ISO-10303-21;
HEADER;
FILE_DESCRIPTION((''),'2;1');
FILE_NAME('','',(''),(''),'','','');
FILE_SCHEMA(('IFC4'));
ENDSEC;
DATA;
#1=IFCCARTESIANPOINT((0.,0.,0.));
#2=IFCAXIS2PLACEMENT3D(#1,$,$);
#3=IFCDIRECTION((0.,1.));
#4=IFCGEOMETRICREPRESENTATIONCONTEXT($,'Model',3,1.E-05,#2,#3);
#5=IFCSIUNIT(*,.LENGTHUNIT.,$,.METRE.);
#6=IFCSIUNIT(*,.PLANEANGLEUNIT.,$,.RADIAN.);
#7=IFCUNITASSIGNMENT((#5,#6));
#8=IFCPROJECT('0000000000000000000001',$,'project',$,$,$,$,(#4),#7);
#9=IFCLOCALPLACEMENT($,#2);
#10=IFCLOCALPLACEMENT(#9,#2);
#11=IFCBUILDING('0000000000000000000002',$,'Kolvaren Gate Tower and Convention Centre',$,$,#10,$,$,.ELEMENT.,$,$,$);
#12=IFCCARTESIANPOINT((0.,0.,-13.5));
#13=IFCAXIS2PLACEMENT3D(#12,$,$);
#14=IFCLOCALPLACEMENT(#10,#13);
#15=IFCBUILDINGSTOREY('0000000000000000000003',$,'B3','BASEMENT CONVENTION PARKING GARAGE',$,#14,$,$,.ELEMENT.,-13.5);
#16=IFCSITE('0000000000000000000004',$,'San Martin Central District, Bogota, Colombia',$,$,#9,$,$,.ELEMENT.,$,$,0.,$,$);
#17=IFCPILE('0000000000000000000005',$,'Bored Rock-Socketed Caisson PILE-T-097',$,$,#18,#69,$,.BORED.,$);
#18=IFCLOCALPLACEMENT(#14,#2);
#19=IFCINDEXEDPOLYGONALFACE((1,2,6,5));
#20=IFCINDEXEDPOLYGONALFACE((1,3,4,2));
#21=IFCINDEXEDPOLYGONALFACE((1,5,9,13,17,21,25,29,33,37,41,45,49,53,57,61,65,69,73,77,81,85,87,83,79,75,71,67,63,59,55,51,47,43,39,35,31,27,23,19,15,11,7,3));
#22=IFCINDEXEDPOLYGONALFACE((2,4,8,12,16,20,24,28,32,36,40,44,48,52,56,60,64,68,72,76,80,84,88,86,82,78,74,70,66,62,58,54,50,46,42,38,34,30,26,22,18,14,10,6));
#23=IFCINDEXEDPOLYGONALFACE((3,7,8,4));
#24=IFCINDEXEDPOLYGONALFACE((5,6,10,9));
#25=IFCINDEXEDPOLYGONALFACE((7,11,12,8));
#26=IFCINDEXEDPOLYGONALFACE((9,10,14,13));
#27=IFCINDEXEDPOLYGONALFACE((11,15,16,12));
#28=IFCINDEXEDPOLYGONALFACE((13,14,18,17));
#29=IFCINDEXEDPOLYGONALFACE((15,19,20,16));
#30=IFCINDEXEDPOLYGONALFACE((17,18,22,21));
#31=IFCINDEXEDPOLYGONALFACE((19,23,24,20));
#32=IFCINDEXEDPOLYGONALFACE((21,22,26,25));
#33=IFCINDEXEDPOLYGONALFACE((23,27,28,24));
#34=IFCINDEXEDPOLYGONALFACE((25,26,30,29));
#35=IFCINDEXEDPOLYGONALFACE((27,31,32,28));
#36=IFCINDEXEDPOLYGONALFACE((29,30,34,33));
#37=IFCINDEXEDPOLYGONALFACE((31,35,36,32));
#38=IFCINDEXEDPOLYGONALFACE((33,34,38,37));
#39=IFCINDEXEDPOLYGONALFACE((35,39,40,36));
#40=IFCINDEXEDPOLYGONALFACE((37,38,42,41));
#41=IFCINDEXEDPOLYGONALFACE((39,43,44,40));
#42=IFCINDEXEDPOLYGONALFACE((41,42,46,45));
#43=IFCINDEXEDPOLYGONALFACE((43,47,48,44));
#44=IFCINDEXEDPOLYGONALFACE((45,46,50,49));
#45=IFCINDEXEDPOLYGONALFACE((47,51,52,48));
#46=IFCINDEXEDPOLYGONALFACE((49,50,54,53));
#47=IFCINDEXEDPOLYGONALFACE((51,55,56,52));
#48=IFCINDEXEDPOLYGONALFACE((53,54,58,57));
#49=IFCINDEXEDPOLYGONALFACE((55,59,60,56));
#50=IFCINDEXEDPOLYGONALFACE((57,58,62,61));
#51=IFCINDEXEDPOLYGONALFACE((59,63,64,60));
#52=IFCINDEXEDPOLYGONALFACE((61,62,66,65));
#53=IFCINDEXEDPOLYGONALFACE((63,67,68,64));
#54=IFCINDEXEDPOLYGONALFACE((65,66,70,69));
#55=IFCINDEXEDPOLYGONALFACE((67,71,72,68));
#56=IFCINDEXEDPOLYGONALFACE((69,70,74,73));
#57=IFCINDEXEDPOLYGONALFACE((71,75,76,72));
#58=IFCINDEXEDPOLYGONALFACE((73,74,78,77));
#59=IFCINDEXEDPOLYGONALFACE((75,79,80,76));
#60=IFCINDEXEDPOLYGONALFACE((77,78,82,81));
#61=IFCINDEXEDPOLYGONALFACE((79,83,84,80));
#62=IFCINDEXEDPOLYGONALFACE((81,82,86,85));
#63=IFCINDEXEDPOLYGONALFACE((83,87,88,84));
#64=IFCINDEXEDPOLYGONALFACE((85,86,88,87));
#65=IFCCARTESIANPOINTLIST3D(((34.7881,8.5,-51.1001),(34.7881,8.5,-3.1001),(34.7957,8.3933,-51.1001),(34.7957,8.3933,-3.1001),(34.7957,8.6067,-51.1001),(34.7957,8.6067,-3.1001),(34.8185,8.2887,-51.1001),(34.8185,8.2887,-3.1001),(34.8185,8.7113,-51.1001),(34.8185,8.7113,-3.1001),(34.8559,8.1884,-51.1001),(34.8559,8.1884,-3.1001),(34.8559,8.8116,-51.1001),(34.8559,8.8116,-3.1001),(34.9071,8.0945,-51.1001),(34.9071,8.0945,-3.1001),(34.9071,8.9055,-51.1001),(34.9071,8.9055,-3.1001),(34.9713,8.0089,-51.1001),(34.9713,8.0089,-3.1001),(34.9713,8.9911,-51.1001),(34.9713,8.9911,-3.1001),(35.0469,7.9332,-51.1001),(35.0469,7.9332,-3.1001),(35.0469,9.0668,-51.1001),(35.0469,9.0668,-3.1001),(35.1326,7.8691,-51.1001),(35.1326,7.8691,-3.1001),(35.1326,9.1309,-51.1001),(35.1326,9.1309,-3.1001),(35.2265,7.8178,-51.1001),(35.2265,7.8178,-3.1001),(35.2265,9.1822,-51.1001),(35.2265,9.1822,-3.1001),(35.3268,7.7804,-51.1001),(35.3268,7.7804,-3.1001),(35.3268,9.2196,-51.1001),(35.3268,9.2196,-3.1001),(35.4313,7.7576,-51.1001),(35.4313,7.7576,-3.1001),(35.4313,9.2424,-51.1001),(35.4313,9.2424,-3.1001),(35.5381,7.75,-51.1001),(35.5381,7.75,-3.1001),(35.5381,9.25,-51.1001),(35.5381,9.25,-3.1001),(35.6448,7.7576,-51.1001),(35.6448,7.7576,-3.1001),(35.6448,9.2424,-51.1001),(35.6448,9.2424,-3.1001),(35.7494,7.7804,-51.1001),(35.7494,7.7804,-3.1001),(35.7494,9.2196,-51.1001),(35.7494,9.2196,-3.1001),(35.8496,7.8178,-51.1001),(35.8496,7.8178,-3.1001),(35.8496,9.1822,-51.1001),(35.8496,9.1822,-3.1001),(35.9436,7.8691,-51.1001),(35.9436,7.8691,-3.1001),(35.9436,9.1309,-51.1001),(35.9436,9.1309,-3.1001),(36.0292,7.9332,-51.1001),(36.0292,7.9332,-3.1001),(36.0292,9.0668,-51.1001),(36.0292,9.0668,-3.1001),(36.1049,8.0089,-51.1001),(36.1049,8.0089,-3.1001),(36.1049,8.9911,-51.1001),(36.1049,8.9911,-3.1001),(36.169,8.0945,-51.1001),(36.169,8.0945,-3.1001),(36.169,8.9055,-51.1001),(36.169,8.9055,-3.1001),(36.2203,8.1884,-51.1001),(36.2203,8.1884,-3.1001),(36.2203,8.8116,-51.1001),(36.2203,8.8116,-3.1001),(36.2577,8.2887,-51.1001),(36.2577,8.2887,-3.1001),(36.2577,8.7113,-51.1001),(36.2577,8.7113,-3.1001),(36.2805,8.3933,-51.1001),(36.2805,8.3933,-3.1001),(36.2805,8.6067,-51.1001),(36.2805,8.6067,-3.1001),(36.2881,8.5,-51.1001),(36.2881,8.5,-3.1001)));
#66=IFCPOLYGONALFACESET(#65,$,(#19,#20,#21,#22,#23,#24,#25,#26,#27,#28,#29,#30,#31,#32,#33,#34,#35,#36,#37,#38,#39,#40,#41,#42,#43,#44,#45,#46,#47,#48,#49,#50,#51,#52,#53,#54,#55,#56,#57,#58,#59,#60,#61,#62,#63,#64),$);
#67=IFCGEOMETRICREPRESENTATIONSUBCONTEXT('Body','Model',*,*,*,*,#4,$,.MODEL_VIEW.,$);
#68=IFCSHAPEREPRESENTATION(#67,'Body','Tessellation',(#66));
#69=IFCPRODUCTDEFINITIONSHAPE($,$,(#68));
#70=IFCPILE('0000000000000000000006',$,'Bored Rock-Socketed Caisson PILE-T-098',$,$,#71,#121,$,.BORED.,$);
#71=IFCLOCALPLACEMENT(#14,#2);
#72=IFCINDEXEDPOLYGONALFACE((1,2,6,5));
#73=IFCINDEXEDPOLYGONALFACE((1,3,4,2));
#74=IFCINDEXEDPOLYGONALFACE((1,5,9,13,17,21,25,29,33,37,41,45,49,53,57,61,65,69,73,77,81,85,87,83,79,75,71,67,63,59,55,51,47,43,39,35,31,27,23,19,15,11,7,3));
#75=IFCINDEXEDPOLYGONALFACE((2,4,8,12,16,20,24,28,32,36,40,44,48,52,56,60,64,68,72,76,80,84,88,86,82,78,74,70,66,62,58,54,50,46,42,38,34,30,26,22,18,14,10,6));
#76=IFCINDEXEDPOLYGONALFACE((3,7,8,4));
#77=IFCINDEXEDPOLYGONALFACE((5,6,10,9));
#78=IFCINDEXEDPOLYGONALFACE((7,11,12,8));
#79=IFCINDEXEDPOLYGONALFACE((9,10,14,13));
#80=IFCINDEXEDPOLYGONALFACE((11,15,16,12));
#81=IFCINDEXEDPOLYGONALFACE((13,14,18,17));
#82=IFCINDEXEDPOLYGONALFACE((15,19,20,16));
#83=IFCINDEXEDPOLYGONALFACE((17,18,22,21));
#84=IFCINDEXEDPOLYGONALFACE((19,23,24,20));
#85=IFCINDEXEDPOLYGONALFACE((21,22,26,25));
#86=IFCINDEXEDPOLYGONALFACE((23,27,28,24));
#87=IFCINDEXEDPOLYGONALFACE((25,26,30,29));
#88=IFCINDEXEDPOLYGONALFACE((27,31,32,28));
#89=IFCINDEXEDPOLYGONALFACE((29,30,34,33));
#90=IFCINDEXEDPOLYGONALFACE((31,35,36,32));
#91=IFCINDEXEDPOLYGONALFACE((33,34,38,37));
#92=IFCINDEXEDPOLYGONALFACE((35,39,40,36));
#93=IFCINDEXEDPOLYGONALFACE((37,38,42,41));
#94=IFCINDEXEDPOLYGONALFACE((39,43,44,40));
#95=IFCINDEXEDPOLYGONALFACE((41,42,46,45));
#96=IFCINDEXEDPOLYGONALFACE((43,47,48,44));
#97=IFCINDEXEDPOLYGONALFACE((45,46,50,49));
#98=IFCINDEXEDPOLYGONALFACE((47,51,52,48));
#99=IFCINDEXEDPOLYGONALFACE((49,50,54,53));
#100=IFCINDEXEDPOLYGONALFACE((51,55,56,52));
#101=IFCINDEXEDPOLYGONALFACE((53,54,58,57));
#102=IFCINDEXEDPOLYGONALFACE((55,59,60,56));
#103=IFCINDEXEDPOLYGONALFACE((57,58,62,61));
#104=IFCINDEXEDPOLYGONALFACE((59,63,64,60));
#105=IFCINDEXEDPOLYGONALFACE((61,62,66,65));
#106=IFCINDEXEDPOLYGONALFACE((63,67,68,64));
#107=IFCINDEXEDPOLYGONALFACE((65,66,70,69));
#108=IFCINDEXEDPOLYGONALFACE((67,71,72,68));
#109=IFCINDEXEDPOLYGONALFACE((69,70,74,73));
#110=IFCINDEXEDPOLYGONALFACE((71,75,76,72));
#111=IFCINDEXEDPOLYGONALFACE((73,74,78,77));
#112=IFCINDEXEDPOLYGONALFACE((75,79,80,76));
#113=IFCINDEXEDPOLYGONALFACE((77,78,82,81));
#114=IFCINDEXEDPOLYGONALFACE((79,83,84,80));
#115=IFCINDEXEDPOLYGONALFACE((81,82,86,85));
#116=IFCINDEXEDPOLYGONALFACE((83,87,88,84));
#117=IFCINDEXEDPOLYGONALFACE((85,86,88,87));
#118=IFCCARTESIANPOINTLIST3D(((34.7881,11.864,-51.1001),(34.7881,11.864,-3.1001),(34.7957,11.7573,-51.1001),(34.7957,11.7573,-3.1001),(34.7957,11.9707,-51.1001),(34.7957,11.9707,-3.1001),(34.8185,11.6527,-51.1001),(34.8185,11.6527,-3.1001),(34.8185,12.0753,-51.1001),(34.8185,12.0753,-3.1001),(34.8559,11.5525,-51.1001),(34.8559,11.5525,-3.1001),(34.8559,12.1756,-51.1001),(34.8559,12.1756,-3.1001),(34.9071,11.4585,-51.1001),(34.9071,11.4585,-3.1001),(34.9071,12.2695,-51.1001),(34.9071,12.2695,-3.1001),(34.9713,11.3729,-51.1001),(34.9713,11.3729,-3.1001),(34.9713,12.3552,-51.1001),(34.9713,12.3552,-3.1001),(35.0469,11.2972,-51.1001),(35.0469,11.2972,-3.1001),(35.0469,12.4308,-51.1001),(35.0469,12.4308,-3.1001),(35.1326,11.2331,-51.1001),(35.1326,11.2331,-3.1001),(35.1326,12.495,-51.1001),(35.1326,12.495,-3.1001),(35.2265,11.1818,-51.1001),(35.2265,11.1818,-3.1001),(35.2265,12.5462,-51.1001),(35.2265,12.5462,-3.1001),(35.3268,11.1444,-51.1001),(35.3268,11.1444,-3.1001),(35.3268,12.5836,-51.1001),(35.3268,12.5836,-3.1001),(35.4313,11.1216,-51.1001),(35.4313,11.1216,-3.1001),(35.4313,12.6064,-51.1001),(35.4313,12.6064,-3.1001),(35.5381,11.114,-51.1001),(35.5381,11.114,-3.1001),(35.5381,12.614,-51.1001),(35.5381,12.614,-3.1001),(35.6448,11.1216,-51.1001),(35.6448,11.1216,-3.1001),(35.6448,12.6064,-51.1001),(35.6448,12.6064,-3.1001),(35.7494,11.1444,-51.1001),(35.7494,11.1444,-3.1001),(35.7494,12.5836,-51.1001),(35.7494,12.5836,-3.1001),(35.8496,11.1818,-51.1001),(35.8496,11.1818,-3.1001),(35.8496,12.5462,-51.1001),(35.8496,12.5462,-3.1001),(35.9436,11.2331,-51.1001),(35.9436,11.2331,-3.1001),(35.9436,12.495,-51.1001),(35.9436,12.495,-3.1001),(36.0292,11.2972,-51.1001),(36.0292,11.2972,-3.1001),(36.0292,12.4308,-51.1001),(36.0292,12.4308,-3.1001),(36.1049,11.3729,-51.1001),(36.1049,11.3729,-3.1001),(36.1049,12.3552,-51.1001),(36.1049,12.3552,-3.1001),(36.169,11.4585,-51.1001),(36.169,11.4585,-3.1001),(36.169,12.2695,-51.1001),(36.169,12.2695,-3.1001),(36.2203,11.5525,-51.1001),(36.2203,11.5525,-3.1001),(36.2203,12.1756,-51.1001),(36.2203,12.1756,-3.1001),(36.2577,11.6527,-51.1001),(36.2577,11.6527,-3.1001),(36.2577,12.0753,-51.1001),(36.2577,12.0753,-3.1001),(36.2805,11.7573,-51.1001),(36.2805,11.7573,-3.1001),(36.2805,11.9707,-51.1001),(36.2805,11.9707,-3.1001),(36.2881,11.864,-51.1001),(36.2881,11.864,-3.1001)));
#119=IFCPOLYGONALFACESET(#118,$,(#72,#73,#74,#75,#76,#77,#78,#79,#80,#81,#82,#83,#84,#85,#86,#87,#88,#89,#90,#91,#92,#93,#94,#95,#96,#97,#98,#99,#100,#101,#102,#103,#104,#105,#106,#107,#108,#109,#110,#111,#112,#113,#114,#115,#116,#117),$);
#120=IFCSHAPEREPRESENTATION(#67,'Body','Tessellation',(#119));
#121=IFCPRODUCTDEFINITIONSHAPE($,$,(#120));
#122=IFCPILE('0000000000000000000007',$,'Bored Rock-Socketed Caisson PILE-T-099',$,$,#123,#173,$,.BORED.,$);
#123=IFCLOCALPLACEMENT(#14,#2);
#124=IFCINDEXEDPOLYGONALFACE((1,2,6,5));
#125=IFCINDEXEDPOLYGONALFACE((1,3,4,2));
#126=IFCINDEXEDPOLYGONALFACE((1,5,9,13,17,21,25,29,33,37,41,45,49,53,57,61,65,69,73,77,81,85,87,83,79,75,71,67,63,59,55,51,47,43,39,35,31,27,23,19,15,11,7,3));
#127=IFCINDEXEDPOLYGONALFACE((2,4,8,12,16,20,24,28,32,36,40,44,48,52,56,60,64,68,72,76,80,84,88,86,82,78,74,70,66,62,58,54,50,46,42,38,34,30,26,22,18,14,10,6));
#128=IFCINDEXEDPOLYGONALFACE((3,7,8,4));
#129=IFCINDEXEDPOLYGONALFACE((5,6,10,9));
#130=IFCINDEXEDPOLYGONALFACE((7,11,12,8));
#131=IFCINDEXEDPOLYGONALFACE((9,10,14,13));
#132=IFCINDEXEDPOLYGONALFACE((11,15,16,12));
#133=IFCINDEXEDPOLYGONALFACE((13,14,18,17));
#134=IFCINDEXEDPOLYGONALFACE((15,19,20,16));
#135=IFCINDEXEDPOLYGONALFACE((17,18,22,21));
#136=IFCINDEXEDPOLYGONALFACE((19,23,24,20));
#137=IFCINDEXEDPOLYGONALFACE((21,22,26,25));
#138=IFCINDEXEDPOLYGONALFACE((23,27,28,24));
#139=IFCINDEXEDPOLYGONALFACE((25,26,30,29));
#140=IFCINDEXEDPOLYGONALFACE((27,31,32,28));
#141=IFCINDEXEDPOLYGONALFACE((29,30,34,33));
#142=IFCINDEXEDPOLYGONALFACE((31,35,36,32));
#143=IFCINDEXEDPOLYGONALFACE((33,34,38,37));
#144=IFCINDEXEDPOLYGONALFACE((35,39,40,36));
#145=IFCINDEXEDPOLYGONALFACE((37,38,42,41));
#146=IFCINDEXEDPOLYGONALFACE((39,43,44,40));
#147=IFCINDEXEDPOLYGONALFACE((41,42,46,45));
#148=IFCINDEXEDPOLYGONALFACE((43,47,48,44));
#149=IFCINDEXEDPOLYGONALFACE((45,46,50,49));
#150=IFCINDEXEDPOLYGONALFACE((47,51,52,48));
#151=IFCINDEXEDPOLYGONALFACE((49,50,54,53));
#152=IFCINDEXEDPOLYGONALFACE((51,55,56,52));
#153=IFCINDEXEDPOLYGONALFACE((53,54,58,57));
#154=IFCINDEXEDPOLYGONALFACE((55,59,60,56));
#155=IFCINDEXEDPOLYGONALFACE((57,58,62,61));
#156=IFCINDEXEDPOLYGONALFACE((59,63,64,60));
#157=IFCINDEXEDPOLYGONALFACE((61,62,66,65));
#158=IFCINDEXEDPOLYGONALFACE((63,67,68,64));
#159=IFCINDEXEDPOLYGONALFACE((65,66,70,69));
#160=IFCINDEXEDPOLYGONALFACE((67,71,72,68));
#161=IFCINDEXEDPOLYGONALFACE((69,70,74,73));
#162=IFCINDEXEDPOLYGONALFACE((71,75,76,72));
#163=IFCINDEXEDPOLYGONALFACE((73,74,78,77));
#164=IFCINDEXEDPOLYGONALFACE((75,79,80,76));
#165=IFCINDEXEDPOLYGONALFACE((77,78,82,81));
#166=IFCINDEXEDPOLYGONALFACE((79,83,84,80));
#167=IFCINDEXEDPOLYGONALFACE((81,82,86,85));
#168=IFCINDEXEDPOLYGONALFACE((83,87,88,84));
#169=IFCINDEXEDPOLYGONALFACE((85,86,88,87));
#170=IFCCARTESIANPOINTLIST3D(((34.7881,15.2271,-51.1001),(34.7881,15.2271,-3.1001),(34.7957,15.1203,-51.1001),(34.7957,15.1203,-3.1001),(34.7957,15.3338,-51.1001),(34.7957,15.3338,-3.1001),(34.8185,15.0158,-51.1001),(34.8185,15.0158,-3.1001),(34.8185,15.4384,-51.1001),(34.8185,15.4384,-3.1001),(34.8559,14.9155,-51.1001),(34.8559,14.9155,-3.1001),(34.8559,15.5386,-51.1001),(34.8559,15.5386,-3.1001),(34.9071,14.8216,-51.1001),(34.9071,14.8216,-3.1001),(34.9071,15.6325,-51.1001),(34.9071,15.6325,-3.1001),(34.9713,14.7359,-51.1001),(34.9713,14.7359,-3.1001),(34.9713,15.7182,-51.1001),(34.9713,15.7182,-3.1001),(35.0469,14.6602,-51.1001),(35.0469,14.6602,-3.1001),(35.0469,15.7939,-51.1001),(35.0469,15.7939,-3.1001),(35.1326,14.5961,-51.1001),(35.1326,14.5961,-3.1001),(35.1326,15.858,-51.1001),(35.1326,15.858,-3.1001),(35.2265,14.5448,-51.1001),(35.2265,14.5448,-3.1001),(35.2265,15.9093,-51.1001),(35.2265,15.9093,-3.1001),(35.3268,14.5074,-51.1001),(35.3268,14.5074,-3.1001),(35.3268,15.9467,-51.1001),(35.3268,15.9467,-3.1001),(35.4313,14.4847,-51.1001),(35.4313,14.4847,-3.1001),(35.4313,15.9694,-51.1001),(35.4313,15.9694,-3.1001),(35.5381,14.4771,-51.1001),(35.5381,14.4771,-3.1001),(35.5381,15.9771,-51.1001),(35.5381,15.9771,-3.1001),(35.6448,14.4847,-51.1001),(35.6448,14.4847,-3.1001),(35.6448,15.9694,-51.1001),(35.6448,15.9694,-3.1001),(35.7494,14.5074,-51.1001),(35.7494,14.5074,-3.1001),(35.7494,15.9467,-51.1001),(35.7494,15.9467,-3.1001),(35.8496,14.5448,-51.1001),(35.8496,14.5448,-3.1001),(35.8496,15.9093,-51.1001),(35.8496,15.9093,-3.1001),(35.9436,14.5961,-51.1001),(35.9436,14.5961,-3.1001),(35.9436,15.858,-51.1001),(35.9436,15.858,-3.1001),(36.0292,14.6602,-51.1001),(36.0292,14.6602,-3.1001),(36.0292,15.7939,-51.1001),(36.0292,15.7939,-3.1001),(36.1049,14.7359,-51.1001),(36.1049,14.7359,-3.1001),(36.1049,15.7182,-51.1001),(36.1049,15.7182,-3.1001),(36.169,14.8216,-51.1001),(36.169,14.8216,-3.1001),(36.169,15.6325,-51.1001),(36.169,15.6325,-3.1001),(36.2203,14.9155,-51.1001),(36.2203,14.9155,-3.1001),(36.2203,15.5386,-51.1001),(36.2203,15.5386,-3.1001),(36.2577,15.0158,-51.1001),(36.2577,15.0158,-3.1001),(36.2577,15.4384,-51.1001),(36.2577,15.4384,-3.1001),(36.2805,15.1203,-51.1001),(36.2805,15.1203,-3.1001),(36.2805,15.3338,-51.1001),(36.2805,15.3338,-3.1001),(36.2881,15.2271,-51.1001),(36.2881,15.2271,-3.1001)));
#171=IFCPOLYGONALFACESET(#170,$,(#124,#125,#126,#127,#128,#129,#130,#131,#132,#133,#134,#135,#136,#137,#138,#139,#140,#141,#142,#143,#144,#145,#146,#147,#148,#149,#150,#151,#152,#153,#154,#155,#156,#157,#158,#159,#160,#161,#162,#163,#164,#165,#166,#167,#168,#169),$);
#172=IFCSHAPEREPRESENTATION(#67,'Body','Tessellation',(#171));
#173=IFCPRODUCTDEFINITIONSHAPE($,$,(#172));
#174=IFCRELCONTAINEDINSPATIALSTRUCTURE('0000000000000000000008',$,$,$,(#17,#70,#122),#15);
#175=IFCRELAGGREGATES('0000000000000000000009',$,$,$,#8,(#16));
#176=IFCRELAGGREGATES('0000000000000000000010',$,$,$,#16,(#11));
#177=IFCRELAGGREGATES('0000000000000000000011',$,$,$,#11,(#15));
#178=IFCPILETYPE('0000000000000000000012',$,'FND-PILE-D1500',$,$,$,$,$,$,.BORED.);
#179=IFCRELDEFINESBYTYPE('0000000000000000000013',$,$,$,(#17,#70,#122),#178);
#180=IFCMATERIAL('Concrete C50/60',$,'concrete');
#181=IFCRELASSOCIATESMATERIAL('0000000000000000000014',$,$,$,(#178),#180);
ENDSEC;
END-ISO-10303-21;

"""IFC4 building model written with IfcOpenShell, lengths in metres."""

from ifc_helpers import new_model, si_unit, direction, frame, origin, origin_2d, place, context, subcontext, project, spatial, circle, extrude, material, material_profile, profile_set, type_object, element, save


model = new_model("IFC4")

# Units and contexts
model_context = context("Model", 3, precision=1e-05, world=origin(), true_north=direction((0.0, 1.0)))
body_context = subcontext(model_context, "Body", "Model", "MODEL_VIEW")
ifc_project = project(units=[si_unit("LENGTHUNIT", "METRE"), si_unit("PLANEANGLEUNIT", "RADIAN")], contexts=[model_context])

# Site, building, storey
site_placement = place(None, origin())
site = spatial("IfcSite", under=ifc_project, at=site_placement, Name="San Martin Central District, Bogota, Colombia", CompositionType="ELEMENT", RefElevation=0.0)
building_placement = place(site_placement, origin())
building = spatial("IfcBuilding", under=site, at=building_placement, Name="Kolvaren Gate Tower and Convention Centre", CompositionType="ELEMENT")
storey_placement = place(building_placement, frame((0.0, 0.0, -13.5)))
storey = spatial("IfcBuildingStorey", under=building, at=storey_placement, Name="B3", Description="BASEMENT CONVENTION PARKING GARAGE", CompositionType="ELEMENT", Elevation=-13.5)

# Shared definitions
ifc_material_1 = material(Name="Concrete C50/60", Category="concrete")

# Piles
ifc_material_profile_1 = material_profile(ifc_material_1, circle(Radius=0.75, at=origin_2d()), Name="CAISSON-D1500")
ifc_profile_set_1 = profile_set([ifc_material_profile_1], Name="Concrete C50/60")
pile_type = type_object("IfcPileType", Name="FND-PILE-D1500", PredefinedType="BORED", material=ifc_profile_set_1)
for number, where, z_axis, x_axis, name in (
    (1, (35.5381, 8.5, -3.1001), (0.0, 0.0, -1.0), (1.0, 0.0, 0.0), "Bored Rock-Socketed Caisson PILE-T-097"),
    (2, (35.5381, 11.864, -3.1001), (0.0, 0.0, -1.0), (1.0, 0.0, 0.0), "Bored Rock-Socketed Caisson PILE-T-098"),
    (3, (35.5381, 15.2271, -3.1001), (0.0, 0.0, -1.0), (1.0, 0.0, 0.0), "Bored Rock-Socketed Caisson PILE-T-099"),
):
    element("IfcPile", number, at=place(storey_placement, frame(where, z_axis=z_axis, x_axis=x_axis)), inside=storey, type_object=pile_type, Name=name, PredefinedType="BORED", context=body_context, shape_type="SweptSolid", body=[
        extrude(circle(Radius=0.75, at=origin_2d()), origin(), (0.0, 0.0, 1.0), 48.0),
    ])

save(model, "model.ifc")
